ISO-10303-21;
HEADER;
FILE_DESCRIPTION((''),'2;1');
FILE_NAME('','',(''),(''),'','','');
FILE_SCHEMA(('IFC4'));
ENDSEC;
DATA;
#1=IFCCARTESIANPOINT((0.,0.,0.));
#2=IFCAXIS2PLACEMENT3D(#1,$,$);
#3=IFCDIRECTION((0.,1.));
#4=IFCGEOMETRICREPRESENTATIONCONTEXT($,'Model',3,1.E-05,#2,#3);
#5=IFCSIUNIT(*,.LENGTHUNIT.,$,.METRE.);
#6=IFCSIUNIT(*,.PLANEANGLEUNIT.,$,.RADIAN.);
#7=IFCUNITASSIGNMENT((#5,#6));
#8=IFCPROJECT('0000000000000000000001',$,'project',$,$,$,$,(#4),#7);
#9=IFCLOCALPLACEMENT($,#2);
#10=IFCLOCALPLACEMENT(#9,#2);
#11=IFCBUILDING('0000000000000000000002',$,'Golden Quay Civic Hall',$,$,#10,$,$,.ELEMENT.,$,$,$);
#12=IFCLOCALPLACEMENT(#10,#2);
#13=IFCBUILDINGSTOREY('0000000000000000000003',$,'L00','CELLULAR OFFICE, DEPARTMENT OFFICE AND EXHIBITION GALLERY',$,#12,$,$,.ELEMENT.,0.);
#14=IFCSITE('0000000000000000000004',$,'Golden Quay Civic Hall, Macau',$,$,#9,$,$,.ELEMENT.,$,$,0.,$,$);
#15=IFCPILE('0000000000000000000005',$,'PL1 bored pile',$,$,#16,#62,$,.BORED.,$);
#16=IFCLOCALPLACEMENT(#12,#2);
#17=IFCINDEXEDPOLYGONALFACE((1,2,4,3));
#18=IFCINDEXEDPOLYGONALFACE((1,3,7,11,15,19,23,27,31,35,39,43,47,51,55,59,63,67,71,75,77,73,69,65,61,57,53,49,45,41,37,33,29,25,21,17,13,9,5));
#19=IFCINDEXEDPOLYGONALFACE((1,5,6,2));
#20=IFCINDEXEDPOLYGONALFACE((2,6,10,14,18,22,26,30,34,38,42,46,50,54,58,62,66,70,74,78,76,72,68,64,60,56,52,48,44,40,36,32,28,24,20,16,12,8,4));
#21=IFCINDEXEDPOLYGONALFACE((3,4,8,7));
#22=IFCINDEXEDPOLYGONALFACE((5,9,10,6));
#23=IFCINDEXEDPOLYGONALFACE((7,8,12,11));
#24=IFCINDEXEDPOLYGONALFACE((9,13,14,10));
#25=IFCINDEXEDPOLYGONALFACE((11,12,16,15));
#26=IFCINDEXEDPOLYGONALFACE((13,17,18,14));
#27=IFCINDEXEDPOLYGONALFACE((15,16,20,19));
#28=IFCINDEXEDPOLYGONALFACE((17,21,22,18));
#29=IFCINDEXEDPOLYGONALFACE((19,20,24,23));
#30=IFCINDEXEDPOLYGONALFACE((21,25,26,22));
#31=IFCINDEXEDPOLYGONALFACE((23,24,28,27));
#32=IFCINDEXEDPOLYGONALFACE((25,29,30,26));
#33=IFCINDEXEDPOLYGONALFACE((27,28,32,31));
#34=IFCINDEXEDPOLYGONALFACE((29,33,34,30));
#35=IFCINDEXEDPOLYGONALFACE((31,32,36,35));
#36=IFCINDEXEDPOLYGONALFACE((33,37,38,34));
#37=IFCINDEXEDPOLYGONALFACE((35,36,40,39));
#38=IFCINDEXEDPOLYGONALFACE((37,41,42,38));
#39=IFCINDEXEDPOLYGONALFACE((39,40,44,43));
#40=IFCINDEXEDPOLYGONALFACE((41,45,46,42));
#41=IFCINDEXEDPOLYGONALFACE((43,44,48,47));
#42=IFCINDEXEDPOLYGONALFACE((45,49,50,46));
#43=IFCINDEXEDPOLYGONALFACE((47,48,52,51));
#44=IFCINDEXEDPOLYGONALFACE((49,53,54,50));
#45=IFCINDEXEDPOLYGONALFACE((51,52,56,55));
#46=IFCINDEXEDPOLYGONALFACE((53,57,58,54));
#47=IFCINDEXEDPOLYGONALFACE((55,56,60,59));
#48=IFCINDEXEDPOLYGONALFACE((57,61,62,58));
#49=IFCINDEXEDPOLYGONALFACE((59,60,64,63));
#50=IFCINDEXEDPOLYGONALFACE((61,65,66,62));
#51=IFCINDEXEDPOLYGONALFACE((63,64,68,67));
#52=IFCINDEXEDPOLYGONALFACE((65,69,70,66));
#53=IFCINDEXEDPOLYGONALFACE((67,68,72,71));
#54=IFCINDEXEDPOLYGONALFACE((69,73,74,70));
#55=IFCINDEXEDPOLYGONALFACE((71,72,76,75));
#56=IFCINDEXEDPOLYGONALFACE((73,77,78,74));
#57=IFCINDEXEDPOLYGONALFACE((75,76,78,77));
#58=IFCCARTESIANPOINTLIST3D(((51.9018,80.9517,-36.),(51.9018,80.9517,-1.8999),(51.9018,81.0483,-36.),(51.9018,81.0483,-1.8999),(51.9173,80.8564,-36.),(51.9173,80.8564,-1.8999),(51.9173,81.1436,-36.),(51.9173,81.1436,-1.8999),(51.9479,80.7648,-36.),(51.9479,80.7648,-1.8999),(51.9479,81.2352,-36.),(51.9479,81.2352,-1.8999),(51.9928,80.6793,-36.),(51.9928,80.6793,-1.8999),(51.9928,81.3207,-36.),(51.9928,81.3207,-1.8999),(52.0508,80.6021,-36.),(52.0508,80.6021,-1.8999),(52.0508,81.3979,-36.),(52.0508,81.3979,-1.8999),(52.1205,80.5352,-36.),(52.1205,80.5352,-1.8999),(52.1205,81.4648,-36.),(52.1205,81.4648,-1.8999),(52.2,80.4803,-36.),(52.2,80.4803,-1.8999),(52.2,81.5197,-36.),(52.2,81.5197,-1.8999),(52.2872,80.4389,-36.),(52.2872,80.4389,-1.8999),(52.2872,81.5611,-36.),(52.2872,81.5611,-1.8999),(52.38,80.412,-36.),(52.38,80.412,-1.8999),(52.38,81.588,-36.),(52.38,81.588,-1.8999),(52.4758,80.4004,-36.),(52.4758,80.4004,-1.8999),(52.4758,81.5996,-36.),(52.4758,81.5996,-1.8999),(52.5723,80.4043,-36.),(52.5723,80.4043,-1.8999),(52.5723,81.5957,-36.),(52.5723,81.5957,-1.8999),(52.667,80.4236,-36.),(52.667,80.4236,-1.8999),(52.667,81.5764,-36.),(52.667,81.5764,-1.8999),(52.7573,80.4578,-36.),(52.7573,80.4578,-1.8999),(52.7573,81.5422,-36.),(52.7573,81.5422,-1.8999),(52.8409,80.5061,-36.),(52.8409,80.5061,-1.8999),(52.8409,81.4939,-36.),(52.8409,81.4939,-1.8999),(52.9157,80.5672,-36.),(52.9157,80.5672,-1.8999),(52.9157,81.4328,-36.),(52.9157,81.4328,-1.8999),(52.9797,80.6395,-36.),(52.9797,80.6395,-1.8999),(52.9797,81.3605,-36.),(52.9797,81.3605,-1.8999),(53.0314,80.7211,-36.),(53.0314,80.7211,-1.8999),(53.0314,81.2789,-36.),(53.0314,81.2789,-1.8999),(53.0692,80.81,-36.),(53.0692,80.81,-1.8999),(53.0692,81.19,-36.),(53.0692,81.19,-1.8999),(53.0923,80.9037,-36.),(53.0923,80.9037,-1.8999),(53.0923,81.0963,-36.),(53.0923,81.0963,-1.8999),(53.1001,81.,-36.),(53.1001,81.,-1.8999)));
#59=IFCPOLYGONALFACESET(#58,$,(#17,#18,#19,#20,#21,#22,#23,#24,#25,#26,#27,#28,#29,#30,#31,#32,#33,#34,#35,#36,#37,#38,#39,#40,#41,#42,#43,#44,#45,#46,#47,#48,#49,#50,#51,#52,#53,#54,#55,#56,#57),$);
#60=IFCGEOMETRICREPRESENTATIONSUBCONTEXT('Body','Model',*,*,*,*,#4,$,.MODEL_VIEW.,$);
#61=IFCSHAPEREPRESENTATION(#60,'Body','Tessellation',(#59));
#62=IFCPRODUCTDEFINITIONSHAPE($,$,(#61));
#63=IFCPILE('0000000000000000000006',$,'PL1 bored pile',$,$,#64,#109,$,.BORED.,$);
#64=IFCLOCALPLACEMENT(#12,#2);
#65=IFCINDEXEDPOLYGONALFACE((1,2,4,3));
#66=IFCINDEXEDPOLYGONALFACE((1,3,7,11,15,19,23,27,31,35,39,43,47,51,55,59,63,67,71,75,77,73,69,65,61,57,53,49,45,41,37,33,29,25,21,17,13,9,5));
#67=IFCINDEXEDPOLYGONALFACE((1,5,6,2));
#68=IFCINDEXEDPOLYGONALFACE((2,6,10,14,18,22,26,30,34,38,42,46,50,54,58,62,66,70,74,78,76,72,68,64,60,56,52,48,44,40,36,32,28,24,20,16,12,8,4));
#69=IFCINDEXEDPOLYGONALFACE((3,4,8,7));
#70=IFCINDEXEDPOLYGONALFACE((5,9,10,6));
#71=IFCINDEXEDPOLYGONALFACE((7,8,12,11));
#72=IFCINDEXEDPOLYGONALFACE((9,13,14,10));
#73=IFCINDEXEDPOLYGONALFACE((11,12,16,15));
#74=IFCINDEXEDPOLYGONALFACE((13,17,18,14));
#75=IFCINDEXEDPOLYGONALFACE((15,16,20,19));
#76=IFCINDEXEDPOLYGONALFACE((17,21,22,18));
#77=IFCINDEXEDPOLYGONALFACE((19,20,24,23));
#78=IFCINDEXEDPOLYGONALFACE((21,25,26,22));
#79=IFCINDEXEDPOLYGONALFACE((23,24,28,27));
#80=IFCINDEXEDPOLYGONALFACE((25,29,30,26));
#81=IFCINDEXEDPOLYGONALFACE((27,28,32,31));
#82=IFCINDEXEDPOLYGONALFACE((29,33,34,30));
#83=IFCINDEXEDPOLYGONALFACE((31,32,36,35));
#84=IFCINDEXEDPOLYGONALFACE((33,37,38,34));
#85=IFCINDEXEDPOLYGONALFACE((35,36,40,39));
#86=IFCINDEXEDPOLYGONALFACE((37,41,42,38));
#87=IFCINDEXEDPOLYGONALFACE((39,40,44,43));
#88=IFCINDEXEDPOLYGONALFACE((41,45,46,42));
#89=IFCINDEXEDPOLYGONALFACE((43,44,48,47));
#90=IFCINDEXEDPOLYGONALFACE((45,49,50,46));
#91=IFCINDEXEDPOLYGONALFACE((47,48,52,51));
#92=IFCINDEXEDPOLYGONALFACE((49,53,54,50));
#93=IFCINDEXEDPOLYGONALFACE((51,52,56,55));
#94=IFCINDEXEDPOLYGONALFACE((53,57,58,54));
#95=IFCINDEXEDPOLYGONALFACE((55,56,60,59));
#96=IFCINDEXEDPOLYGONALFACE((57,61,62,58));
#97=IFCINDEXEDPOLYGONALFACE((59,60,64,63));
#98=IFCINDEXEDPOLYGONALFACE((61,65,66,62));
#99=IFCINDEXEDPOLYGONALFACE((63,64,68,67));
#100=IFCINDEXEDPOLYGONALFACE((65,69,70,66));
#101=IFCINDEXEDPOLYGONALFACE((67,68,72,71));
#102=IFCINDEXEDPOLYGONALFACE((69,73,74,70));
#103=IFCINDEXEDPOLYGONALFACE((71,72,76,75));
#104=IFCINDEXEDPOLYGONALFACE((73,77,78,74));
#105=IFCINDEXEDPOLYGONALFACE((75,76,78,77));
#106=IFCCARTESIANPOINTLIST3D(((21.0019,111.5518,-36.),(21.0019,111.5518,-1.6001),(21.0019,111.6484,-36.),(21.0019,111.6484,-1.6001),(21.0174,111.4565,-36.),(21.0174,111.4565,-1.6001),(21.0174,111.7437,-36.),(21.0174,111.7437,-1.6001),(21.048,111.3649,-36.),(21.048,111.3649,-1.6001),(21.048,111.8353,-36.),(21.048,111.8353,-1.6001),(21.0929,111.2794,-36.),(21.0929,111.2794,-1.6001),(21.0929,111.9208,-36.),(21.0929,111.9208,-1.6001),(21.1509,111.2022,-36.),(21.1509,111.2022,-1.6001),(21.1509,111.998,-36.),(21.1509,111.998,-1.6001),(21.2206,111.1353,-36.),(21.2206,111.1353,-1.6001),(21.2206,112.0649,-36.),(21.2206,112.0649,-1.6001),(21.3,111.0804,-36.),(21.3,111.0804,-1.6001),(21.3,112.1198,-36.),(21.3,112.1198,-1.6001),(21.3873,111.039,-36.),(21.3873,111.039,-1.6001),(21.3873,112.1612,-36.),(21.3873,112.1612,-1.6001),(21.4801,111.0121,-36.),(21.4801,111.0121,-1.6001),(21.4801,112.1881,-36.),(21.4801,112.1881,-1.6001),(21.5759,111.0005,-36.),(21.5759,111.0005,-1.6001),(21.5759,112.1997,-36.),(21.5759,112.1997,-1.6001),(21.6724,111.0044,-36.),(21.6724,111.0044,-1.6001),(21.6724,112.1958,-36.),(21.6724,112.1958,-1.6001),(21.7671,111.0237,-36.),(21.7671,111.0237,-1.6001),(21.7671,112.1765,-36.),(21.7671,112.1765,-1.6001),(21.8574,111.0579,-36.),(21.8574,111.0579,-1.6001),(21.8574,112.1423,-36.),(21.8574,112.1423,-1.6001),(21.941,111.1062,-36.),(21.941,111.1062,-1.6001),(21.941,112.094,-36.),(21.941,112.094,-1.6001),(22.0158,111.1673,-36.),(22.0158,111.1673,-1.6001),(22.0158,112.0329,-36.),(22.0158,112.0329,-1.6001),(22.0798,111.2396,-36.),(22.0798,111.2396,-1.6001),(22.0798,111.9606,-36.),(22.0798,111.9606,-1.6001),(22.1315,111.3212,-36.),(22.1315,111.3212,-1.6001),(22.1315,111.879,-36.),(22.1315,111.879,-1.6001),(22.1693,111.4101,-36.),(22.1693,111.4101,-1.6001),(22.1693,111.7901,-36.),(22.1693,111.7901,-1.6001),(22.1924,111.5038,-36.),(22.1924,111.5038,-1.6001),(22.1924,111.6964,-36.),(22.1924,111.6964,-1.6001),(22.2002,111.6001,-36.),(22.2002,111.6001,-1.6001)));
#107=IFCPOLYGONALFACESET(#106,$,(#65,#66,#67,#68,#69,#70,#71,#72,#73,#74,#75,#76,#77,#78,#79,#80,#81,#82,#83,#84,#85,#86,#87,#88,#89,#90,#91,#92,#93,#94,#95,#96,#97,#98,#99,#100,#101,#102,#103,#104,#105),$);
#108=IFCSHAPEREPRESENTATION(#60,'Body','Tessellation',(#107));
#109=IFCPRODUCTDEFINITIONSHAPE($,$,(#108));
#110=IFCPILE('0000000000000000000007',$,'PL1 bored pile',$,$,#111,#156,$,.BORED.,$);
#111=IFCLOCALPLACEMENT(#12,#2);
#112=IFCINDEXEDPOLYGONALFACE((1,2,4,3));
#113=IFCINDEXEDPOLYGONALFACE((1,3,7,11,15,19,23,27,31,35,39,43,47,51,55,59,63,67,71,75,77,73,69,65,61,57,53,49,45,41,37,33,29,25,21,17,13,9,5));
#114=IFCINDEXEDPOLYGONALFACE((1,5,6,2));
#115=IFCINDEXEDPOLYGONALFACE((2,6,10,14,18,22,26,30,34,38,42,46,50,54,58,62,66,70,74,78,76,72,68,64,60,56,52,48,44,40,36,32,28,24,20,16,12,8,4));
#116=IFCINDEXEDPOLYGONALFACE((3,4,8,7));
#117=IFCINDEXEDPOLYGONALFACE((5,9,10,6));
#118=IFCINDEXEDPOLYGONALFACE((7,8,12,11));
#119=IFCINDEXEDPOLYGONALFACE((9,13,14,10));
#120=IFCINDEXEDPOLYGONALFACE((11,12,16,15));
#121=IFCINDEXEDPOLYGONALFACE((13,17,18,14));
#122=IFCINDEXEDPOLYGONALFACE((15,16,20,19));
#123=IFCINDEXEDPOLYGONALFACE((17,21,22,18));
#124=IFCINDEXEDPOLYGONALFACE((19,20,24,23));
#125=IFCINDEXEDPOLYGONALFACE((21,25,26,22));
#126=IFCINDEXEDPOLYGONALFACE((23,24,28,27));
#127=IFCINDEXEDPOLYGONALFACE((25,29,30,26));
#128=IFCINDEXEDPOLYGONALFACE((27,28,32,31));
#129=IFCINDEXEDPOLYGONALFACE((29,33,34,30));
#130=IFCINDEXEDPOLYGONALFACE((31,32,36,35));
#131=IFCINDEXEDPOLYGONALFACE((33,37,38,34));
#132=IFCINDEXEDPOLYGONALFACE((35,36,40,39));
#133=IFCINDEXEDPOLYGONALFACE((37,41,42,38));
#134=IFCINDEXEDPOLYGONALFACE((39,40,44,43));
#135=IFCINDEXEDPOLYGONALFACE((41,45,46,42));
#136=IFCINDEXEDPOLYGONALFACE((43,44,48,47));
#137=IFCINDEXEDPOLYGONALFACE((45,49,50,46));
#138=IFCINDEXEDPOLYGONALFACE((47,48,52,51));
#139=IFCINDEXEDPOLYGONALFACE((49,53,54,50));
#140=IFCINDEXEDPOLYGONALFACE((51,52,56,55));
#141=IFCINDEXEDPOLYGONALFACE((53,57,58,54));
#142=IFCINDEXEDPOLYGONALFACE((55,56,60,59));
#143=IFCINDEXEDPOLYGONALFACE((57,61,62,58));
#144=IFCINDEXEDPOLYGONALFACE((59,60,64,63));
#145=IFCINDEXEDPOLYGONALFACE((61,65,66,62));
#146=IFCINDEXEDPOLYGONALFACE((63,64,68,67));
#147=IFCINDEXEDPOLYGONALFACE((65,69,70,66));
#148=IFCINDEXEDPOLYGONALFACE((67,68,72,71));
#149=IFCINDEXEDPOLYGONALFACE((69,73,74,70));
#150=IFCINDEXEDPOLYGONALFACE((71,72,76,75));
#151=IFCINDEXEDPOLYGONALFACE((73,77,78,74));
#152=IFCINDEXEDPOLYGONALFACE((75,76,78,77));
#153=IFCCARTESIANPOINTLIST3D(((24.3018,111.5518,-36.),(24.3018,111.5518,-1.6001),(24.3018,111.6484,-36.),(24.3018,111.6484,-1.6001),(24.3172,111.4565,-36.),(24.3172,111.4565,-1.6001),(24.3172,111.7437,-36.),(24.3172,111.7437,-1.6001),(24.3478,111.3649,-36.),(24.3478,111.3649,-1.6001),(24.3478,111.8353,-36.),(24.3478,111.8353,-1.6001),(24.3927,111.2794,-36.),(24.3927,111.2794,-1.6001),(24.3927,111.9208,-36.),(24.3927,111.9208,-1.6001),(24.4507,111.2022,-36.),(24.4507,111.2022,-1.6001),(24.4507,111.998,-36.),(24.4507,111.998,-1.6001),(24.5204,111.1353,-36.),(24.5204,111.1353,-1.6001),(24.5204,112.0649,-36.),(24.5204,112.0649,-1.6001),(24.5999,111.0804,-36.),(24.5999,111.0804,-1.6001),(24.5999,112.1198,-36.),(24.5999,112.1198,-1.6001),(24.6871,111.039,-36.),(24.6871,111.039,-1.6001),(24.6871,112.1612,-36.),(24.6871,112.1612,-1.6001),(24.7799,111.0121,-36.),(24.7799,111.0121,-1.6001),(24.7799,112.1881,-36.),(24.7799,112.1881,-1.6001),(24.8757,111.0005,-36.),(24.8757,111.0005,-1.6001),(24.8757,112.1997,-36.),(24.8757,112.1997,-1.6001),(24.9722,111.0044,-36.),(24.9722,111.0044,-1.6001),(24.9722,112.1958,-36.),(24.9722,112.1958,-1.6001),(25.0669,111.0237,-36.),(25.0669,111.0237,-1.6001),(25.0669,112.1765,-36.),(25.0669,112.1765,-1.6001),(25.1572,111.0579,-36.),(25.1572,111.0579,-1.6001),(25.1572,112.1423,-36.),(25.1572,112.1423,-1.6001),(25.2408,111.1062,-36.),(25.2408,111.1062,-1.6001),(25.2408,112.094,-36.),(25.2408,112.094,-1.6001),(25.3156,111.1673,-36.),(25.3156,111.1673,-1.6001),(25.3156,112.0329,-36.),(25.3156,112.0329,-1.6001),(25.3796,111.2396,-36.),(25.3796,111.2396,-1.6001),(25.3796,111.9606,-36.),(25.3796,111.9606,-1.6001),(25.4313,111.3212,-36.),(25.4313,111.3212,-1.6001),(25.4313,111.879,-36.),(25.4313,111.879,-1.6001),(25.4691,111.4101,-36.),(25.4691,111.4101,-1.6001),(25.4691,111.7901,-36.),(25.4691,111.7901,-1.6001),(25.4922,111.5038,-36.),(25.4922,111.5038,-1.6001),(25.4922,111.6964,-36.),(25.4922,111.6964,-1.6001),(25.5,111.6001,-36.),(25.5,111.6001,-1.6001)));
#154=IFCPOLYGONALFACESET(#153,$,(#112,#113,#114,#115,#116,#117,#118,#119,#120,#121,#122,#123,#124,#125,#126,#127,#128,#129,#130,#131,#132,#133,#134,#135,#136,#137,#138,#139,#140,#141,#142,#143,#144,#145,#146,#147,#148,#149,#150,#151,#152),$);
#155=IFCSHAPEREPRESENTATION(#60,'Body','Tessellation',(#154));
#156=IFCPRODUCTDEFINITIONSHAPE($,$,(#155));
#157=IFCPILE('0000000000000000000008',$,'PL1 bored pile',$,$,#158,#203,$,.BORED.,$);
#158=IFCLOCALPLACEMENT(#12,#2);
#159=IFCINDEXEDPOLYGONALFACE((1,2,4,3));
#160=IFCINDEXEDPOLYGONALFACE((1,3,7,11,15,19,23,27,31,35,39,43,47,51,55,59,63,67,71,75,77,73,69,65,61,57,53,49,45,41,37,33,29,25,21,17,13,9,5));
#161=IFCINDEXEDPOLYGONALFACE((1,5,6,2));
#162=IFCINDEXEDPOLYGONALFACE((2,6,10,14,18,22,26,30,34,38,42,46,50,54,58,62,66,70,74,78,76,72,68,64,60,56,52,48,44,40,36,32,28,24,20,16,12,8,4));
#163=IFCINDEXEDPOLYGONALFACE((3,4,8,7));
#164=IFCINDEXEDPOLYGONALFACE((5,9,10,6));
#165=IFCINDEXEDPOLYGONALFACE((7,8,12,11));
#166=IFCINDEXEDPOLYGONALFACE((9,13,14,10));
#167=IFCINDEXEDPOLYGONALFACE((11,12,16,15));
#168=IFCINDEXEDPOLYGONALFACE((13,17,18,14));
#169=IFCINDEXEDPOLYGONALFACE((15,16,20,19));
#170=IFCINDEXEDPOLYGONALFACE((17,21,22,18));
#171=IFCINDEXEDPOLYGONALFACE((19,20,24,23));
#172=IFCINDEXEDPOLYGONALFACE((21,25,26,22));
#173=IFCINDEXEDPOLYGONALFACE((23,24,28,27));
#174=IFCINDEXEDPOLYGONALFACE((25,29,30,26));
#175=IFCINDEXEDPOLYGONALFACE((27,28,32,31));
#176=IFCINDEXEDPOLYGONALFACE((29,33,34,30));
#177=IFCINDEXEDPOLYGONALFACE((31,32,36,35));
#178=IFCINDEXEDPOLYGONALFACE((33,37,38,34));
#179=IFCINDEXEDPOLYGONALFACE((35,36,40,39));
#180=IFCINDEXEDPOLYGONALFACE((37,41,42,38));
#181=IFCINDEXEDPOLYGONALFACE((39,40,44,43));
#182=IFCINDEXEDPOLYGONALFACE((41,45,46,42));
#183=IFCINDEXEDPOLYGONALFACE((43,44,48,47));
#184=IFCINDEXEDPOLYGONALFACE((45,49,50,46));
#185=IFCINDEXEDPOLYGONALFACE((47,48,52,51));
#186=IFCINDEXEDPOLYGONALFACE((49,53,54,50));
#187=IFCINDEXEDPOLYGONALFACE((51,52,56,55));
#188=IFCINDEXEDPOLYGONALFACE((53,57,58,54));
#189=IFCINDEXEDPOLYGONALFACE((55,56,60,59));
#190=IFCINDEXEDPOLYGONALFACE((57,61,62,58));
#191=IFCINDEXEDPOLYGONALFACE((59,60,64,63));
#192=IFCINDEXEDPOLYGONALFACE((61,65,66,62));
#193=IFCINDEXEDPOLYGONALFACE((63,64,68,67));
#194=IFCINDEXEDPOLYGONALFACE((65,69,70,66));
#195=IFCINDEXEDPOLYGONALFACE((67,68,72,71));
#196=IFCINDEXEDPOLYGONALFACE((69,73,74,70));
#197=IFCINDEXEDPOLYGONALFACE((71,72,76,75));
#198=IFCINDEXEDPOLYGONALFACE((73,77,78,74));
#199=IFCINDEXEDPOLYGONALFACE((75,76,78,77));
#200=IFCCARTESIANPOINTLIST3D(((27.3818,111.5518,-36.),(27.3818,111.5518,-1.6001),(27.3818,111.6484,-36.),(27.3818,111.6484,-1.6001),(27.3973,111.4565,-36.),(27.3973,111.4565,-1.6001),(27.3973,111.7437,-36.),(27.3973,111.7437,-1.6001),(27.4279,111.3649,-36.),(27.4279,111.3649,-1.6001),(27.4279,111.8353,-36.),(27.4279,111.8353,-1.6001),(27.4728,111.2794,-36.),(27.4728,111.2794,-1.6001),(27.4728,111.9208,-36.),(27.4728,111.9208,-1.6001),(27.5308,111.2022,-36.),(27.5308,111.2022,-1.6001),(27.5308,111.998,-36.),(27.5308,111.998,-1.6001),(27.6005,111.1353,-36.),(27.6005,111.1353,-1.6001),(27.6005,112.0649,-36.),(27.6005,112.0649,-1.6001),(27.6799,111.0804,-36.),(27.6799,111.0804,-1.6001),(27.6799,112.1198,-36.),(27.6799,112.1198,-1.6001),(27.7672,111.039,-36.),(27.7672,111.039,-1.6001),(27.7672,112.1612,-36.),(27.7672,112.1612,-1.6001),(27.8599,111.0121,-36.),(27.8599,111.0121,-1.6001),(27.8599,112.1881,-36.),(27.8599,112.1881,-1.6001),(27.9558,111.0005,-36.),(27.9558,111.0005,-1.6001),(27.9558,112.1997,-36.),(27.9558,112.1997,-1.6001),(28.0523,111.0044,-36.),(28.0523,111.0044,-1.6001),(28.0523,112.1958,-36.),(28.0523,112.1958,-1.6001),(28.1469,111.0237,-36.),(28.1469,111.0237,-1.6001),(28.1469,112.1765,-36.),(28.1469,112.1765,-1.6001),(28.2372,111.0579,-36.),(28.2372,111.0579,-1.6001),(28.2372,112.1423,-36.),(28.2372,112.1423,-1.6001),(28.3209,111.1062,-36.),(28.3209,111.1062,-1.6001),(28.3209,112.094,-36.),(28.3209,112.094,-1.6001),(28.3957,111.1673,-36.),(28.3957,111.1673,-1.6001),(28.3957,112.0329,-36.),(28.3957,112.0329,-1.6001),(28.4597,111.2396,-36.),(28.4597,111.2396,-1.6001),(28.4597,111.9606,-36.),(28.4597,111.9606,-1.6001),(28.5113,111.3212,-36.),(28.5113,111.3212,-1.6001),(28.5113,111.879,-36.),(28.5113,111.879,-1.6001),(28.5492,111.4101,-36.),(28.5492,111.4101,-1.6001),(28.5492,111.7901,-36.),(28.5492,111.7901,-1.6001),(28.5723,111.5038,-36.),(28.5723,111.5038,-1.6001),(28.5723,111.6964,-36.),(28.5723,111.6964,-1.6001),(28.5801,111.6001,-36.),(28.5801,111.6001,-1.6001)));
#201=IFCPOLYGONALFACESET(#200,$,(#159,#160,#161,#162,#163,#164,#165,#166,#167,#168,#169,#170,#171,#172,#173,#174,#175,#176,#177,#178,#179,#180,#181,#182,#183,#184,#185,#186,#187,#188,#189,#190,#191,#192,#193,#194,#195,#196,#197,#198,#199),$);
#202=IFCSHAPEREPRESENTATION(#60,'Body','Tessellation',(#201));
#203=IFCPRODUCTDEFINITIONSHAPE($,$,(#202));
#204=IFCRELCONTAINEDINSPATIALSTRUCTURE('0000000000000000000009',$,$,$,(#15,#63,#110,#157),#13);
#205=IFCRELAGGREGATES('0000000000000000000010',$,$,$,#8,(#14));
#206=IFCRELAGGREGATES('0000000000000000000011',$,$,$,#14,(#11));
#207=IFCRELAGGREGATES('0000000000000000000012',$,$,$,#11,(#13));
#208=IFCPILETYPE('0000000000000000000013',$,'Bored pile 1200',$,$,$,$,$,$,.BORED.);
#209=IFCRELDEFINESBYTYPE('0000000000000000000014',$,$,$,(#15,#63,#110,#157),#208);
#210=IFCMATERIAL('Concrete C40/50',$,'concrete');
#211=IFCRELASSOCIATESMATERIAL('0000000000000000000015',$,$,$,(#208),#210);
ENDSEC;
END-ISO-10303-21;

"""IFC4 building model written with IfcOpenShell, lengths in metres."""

from ifc_helpers import new_model, si_unit, direction, frame, origin, origin_2d, place, context, subcontext, project, spatial, circle, extrude, material, material_profile, profile_set, type_object, element, save


model = new_model("IFC4")

# Units and contexts
model_context = context("Model", 3, precision=1e-05, world=origin(), true_north=direction((0.0, 1.0)))
body_context = subcontext(model_context, "Body", "Model", "MODEL_VIEW")
ifc_project = project(units=[si_unit("LENGTHUNIT", "METRE"), si_unit("PLANEANGLEUNIT", "RADIAN")], contexts=[model_context])

# Site, building, storey
site_placement = place(None, origin())
site = spatial("IfcSite", under=ifc_project, at=site_placement, Name="Golden Quay Civic Hall, Macau", CompositionType="ELEMENT", RefElevation=0.0)
building_placement = place(site_placement, origin())
building = spatial("IfcBuilding", under=site, at=building_placement, Name="Golden Quay Civic Hall", CompositionType="ELEMENT")
storey_placement = place(building_placement, origin())
storey = spatial("IfcBuildingStorey", under=building, at=storey_placement, Name="L00", Description="CELLULAR OFFICE, DEPARTMENT OFFICE AND EXHIBITION GALLERY", CompositionType="ELEMENT", Elevation=0.0)

# Piles
ifc_material_1 = material(Name="Concrete C40/50", Category="concrete")
ifc_material_profile = material_profile(ifc_material_1, circle(Radius=0.6001, at=origin_2d()), Name="RC D1200")
ifc_profile_set = profile_set([ifc_material_profile], Name="Concrete C40/50")
pile_type = type_object("IfcPileType", Name="Bored pile 1200", PredefinedType="BORED", material=ifc_profile_set)
pile_placement = place(storey_placement, frame((52.5, 81.0, -1.8999), z_axis=(0.0, 0.0, -1.0), x_axis=(1.0, 0.0, 0.0)))
element("IfcPile", 1, at=pile_placement, inside=storey, type_object=pile_type, Name="PL1 bored pile", PredefinedType="BORED", context=body_context, shape_type="SweptSolid", body=[
    extrude(circle(Radius=0.6001, at=origin_2d()), origin(), (0.0, 0.0, 1.0), 34.1001),
])
for number, where, z_axis, x_axis, name in (
    (2, (21.6001, 111.6001, -1.6001), (0.0, 0.0, -1.0), (1.0, 0.0, 0.0), "PL1 bored pile"),
    (3, (24.8999, 111.6001, -1.6001), (0.0, 0.0, -1.0), (1.0, 0.0, 0.0), "PL1 bored pile"),
    (4, (27.98, 111.6001, -1.6001), (0.0, 0.0, -1.0), (1.0, 0.0, 0.0), "PL1 bored pile"),
):
    element("IfcPile", number, at=place(storey_placement, frame(where, z_axis=z_axis, x_axis=x_axis)), inside=storey, type_object=pile_type, Name=name, PredefinedType="BORED", context=body_context, shape_type="SweptSolid", body=[
        extrude(circle(Radius=0.6001, at=origin_2d()), origin(), (0.0, 0.0, 1.0), 34.3999),
    ])

save(model, "model.ifc")
